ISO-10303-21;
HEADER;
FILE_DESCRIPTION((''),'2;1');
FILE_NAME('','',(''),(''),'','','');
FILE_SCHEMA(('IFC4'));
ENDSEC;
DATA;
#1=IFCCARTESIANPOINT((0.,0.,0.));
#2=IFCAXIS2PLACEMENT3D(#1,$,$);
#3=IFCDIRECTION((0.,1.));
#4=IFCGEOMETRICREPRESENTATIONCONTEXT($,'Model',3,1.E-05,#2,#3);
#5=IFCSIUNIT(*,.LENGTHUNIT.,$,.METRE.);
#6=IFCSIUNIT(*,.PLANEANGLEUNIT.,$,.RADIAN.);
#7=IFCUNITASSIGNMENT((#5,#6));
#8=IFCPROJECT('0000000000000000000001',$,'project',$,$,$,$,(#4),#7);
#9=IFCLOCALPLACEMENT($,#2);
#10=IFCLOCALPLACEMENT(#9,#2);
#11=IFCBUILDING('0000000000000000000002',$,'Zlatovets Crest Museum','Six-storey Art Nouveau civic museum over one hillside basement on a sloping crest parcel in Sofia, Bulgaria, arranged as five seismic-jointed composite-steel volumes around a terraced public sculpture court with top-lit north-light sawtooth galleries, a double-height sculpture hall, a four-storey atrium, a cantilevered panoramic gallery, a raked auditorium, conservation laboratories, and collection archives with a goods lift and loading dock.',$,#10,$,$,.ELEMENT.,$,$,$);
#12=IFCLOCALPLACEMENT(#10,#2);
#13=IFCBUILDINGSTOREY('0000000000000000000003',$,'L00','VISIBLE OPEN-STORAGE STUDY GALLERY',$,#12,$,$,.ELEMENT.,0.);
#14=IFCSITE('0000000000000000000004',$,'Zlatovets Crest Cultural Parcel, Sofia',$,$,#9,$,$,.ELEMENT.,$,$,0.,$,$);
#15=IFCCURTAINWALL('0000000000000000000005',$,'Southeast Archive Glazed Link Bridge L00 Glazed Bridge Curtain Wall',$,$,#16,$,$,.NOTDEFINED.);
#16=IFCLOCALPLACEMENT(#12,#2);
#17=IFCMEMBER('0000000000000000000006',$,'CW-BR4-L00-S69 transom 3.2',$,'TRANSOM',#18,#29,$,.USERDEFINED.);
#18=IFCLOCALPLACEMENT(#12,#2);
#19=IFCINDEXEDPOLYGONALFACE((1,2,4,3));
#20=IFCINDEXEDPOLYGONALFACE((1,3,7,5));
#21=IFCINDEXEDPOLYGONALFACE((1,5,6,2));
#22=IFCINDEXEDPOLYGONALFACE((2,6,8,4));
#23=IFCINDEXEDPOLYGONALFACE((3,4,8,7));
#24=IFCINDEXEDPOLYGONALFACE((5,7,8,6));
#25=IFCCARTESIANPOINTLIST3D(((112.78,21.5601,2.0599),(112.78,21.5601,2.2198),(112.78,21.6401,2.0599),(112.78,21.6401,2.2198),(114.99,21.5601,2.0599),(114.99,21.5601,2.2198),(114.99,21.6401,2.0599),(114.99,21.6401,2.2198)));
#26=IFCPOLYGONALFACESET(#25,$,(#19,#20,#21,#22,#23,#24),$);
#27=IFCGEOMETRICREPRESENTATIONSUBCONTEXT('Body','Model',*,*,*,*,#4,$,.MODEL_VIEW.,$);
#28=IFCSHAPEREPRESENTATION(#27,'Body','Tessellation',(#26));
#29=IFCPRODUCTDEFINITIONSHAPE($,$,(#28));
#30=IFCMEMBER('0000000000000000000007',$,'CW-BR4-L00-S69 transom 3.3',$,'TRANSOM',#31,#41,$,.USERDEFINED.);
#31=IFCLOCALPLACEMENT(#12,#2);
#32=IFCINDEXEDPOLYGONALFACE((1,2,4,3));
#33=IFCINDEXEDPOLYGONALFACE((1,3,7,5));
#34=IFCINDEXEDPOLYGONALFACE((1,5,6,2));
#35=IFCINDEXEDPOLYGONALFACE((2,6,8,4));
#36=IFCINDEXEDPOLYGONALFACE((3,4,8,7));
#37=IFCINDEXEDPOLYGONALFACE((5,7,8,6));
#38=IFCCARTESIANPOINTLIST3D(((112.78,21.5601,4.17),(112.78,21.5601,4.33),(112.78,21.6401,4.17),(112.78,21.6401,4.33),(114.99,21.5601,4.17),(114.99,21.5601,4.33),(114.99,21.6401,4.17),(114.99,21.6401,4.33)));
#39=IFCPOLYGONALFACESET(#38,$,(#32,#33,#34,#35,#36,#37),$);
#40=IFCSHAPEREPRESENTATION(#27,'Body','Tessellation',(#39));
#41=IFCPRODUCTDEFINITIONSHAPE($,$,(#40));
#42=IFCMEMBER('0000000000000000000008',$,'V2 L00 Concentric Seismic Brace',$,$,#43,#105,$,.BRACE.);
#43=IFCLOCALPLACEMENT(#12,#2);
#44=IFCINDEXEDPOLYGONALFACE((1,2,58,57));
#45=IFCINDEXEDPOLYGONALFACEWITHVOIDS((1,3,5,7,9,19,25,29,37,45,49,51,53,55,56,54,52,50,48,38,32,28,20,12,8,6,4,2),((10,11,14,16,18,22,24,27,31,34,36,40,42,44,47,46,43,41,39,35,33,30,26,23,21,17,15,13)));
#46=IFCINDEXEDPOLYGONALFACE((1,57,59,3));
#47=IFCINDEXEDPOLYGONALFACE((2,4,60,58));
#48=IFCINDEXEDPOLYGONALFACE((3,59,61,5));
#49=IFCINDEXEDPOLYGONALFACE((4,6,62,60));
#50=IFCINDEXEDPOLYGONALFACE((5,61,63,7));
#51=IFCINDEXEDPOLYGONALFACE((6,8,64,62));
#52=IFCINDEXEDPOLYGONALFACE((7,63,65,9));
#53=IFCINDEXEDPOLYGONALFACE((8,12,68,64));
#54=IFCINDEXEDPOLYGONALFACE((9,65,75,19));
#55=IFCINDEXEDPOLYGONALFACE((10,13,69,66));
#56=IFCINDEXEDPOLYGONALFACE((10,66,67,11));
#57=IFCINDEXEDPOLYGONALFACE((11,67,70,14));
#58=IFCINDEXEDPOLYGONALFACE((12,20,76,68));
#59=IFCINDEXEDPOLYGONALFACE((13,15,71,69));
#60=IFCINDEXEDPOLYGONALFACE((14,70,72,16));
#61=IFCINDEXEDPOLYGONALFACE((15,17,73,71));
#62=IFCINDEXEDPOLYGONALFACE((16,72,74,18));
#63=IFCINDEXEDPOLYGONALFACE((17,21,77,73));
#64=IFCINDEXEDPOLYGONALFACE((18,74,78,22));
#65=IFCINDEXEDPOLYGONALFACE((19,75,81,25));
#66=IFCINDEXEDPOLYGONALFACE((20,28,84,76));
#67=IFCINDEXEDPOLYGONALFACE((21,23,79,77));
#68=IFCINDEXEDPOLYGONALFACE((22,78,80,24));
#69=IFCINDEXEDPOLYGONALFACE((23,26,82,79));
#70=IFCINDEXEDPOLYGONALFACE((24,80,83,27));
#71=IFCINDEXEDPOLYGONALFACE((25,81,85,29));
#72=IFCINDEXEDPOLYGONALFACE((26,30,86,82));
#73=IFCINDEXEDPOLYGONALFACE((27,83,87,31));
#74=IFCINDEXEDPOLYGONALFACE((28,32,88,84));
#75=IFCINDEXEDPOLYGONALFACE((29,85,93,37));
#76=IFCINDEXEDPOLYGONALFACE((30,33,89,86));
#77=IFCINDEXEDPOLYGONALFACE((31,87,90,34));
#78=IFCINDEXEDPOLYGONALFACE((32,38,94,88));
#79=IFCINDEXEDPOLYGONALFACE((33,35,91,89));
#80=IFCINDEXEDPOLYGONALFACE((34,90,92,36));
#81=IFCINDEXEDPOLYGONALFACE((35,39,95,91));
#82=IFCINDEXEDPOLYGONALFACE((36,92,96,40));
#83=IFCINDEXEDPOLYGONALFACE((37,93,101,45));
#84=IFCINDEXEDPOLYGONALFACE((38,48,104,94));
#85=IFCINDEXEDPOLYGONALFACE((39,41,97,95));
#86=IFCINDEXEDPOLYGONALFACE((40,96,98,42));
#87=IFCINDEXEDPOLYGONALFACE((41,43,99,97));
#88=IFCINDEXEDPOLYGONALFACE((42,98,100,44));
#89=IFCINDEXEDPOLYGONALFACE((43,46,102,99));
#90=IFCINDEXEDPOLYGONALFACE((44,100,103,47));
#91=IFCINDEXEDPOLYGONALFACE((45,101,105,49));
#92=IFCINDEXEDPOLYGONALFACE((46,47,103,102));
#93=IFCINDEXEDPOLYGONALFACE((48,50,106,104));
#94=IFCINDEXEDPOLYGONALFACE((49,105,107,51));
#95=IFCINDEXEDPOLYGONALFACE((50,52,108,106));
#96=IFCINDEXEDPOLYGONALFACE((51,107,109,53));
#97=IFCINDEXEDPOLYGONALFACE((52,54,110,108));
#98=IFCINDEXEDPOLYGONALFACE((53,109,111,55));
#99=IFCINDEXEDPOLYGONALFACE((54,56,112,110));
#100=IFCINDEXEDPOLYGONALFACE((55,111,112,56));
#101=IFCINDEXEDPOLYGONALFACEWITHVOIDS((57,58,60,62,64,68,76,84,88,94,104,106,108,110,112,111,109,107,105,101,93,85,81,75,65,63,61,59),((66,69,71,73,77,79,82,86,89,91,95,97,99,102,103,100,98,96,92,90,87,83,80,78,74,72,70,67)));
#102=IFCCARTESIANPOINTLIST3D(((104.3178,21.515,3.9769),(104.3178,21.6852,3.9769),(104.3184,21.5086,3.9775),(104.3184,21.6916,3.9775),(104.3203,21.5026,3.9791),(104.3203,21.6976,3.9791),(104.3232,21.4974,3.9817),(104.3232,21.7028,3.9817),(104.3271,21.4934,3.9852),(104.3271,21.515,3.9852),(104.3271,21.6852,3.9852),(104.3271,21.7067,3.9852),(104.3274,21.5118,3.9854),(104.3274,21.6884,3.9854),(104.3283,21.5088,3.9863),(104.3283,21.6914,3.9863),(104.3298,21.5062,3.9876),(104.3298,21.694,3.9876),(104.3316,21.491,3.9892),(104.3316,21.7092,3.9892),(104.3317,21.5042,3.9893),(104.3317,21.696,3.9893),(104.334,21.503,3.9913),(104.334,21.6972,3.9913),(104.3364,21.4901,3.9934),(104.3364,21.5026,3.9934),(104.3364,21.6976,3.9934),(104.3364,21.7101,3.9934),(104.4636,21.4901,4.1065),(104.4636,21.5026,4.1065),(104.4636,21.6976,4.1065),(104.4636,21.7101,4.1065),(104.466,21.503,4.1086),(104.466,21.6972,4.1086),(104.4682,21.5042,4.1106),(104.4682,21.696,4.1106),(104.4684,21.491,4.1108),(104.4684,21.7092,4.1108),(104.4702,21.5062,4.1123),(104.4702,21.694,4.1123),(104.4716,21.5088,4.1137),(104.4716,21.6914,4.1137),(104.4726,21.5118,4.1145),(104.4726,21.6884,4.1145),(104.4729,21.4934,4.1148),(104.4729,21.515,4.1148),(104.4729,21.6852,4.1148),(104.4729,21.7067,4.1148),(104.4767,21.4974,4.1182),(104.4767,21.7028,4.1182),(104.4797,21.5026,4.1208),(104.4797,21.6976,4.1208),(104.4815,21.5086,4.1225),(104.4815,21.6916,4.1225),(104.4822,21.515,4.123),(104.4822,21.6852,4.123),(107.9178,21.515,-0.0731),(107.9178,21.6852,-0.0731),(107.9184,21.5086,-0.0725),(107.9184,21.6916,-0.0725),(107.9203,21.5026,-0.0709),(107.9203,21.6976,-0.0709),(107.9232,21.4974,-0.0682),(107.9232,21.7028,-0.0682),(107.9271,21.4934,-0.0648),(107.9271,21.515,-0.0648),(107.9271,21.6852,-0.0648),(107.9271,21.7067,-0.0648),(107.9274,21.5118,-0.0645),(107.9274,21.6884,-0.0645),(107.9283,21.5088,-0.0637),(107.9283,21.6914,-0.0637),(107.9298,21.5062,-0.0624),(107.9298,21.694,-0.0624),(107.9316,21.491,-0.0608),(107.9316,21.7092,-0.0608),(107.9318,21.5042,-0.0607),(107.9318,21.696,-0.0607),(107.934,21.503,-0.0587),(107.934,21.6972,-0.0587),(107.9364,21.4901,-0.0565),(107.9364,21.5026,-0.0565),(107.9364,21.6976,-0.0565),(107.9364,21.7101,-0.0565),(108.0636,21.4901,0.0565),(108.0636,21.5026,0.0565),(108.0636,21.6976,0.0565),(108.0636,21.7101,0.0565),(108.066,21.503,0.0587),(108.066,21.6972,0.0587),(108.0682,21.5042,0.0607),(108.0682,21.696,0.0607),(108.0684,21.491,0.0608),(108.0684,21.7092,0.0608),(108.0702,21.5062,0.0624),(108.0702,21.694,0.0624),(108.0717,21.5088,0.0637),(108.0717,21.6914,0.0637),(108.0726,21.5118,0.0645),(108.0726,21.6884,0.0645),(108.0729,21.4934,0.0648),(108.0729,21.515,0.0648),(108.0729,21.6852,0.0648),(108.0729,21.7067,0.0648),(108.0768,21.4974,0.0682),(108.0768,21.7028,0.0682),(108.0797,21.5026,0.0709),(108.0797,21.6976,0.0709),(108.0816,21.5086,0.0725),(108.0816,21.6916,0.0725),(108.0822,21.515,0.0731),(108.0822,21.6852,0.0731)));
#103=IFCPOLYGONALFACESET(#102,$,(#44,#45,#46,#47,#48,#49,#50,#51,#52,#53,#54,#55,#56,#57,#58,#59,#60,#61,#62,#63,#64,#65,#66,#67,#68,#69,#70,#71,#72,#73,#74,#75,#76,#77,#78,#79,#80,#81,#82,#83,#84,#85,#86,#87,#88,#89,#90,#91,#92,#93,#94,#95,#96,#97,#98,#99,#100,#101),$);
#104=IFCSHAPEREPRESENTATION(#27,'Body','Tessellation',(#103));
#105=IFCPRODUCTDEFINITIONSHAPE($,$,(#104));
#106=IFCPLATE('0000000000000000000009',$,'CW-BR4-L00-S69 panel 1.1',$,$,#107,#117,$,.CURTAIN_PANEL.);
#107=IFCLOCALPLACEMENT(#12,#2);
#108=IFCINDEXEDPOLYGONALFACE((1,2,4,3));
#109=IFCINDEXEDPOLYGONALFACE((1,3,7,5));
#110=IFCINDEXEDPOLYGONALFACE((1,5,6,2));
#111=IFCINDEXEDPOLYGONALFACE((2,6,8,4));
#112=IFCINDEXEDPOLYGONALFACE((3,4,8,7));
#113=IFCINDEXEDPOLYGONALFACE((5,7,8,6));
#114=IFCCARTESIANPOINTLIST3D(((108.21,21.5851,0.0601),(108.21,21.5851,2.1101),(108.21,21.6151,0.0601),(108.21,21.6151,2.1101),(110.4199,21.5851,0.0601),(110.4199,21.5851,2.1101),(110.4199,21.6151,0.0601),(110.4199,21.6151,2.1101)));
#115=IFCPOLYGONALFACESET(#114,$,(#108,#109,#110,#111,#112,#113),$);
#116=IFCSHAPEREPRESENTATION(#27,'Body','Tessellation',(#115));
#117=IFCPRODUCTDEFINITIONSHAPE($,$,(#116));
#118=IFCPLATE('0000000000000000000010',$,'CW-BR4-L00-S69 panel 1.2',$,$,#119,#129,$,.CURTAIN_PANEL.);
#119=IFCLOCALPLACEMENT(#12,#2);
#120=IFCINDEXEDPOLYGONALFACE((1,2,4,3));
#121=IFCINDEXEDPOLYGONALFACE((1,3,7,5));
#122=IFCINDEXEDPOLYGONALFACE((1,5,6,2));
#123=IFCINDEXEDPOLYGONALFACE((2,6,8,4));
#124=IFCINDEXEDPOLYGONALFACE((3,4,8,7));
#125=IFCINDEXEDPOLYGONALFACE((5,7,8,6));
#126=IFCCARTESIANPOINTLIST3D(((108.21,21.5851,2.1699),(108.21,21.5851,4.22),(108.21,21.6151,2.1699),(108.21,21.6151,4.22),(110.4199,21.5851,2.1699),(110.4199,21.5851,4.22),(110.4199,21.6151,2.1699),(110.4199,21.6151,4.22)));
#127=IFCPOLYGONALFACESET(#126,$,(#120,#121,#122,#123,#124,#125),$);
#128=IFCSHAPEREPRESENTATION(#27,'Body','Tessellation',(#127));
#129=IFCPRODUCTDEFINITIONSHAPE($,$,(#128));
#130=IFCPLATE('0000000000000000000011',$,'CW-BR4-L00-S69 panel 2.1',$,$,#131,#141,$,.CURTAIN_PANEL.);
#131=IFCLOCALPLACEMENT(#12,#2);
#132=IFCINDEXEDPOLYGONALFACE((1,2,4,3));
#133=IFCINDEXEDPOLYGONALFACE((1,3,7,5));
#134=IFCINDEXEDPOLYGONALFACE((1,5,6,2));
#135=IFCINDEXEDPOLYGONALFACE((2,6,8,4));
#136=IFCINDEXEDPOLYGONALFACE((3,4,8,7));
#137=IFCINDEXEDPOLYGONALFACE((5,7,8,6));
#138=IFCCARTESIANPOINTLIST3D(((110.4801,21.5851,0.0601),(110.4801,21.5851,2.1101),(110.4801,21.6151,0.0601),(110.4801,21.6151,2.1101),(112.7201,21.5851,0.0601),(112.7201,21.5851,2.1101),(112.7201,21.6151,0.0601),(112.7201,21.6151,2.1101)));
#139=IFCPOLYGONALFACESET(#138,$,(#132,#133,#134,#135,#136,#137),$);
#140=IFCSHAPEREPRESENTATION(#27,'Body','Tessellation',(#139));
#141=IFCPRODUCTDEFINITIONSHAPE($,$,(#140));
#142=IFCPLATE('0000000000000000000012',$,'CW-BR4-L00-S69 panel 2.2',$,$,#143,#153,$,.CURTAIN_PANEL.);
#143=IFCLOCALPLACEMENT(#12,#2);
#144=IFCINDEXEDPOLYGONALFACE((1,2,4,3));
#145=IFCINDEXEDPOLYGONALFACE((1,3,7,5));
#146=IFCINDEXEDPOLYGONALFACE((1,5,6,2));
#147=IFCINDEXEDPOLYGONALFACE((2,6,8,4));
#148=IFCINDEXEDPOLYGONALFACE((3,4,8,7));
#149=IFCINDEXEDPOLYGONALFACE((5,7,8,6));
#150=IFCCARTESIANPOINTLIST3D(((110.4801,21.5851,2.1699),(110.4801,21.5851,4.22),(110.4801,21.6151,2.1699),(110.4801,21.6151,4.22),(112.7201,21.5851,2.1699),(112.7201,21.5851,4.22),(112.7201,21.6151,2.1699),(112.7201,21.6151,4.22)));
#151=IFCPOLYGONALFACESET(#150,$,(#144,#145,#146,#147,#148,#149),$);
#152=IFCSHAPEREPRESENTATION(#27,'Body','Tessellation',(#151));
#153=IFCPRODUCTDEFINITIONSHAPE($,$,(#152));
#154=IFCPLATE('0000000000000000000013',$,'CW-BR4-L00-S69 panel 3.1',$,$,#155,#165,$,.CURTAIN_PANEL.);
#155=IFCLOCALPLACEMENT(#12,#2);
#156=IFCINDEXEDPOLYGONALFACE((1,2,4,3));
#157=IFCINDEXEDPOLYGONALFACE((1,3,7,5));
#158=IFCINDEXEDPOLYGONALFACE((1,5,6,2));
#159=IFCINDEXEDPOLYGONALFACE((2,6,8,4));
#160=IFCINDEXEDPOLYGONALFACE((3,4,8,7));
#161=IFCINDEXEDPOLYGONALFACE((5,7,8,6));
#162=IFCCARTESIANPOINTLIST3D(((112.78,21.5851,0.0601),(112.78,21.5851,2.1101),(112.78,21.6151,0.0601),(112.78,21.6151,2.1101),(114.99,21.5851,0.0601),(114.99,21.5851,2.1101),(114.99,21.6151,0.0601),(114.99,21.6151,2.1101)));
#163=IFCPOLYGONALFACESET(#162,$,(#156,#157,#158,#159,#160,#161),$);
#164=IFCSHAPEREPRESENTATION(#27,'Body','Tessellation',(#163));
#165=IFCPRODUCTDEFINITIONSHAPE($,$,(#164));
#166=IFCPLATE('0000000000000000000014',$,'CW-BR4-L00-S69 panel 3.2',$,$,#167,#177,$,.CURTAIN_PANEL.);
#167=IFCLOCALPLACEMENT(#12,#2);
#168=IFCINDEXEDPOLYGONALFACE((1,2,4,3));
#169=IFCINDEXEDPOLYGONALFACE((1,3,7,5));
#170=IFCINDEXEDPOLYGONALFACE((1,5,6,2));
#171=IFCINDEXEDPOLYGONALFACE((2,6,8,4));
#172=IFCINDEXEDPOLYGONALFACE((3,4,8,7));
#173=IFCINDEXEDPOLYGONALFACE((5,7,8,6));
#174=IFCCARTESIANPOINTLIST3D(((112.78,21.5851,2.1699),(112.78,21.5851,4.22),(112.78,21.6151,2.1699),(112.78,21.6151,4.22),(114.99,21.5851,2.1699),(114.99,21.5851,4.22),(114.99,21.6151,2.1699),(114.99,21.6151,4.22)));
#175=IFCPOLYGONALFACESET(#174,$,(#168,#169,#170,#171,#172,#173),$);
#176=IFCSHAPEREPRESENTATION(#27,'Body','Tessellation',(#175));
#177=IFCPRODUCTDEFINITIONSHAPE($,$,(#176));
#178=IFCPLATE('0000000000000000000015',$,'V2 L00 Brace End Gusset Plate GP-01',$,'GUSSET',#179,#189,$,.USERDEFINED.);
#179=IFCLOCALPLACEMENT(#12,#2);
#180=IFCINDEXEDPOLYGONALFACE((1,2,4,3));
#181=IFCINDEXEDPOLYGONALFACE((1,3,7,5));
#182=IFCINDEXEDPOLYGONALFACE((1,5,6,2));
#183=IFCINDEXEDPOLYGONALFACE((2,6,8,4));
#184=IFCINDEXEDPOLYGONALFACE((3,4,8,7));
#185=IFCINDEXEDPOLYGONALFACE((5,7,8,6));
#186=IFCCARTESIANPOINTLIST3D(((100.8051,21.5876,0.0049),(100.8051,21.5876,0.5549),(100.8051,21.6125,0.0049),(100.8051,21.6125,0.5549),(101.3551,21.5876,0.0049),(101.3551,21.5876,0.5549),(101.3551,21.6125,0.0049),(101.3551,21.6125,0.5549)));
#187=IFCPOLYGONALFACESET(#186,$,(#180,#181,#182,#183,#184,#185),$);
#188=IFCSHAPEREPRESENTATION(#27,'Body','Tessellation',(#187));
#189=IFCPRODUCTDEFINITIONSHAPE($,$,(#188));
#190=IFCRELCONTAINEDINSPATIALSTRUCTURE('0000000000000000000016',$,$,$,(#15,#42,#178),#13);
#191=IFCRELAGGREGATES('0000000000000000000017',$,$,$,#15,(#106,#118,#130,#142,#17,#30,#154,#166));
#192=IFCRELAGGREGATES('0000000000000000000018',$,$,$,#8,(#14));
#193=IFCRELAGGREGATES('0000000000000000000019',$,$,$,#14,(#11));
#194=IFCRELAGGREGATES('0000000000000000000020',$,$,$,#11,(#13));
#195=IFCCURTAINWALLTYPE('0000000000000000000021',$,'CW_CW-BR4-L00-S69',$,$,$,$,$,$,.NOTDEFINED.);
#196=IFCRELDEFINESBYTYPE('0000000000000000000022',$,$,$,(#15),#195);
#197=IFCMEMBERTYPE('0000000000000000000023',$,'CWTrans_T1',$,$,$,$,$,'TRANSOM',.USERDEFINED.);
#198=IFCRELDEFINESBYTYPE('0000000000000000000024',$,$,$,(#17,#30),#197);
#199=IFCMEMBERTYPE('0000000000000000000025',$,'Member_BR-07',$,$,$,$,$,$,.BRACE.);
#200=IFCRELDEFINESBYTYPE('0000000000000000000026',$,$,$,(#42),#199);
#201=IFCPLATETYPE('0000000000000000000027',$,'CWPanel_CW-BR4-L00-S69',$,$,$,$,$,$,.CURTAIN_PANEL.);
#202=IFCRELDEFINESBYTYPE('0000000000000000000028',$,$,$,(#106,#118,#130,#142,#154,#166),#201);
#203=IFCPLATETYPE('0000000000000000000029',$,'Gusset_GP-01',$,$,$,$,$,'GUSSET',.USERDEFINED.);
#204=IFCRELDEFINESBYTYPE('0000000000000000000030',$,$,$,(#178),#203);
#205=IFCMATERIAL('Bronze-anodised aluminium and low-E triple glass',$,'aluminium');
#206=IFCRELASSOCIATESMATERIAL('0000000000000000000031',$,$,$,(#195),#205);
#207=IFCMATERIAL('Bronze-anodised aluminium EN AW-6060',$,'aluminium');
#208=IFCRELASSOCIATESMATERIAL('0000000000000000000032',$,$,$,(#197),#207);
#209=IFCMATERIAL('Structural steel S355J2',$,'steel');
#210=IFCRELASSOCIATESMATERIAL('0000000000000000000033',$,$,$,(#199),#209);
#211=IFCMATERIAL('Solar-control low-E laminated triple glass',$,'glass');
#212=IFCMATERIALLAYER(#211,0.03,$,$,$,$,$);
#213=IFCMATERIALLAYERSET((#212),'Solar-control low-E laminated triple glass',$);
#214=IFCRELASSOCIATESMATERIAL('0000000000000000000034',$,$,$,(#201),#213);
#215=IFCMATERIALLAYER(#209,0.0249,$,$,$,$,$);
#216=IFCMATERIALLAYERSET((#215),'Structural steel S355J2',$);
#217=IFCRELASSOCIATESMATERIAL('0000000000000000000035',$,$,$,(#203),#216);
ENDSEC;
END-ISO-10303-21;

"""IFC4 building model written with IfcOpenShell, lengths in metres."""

from ifc_helpers import new_model, si_unit, direction, frame, origin, origin_2d, place, context, subcontext, project, spatial, rectangle, hollow_rectangle, extrude, material, layer, layer_set, material_profile, profile_set, type_object, element, aggregate, save


model = new_model("IFC4")

# Units and contexts
model_context = context("Model", 3, precision=1e-05, world=origin(), true_north=direction((0.0, 1.0)))
body_context = subcontext(model_context, "Body", "Model", "MODEL_VIEW")
ifc_project = project(units=[si_unit("LENGTHUNIT", "METRE"), si_unit("PLANEANGLEUNIT", "RADIAN")], contexts=[model_context])

# Site, building, storey
site_placement = place(None, origin())
site = spatial("IfcSite", under=ifc_project, at=site_placement, Name="Zlatovets Crest Cultural Parcel, Sofia", CompositionType="ELEMENT", RefElevation=0.0)
building_placement = place(site_placement, origin())
building = spatial("IfcBuilding", under=site, at=building_placement, Name="Zlatovets Crest Museum", Description="Six-storey Art Nouveau civic museum over one hillside basement on a sloping crest parcel in Sofia, Bulgaria, arranged as five seismic-jointed composite-steel volumes around a terraced public sculpture court with top-lit north-light sawtooth galleries, a double-height sculpture hall, a four-storey atrium, a cantilevered panoramic gallery, a raked auditorium, conservation laboratories, and collection archives with a goods lift and loading dock.", CompositionType="ELEMENT")
storey_placement = place(building_placement, origin())
storey = spatial("IfcBuildingStorey", under=building, at=storey_placement, Name="L00", Description="VISIBLE OPEN-STORAGE STUDY GALLERY", CompositionType="ELEMENT", Elevation=0.0)

# Shared definitions
ifc_material_1 = material(Name="Structural steel S355J2", Category="steel")

# Curtain wall, members
ifc_material_2 = material(Name="Bronze-anodised aluminium and low-E triple glass", Category="aluminium")
curtain_wall_type = type_object("IfcCurtainWallType", Name="CW_CW-BR4-L00-S69", PredefinedType="NOTDEFINED", material=ifc_material_2)
curtain_wall_placement = place(storey_placement, origin())
curtain_wall = element("IfcCurtainWall", 1, at=curtain_wall_placement, inside=storey, type_object=curtain_wall_type, Name="Southeast Archive Glazed Link Bridge L00 Glazed Bridge Curtain Wall", PredefinedType="NOTDEFINED")
ifc_material_3 = material(Name="Bronze-anodised aluminium EN AW-6060", Category="aluminium")
ifc_material_profile_1 = material_profile(ifc_material_3, rectangle(XDim=0.0801, YDim=0.1599, at=origin_2d()), Name="ALU 80x160")
ifc_profile_set_1 = profile_set([ifc_material_profile_1], Name="Bronze-anodised aluminium EN AW-6060")
member_type_1 = type_object("IfcMemberType", Name="CWTrans_T1", ElementType="TRANSOM", PredefinedType="USERDEFINED", material=ifc_profile_set_1)
member_1_placement = place(storey_placement, frame((112.78, 21.6001, 2.1399), z_axis=(1.0, 0.0, 0.0), x_axis=(0.0, 1.0, 0.0)))
member_1 = element("IfcMember", 2, at=member_1_placement, type_object=member_type_1, Name="CW-BR4-L00-S69 transom 3.2", ObjectType="TRANSOM", PredefinedType="USERDEFINED", context=body_context, shape_type="SweptSolid", body=[
    extrude(rectangle(XDim=0.0801, YDim=0.1599, at=origin_2d()), origin(), (0.0, 0.0, 1.0), 2.21),
])
member_2_placement = place(storey_placement, frame((112.78, 21.6001, 4.25), z_axis=(1.0, 0.0, 0.0), x_axis=(0.0, 1.0, 0.0)))
member_2 = element("IfcMember", 3, at=member_2_placement, type_object=member_type_1, Name="CW-BR4-L00-S69 transom 3.3", ObjectType="TRANSOM", PredefinedType="USERDEFINED", context=body_context, shape_type="SweptSolid", body=[
    extrude(rectangle(XDim=0.0801, YDim=0.1599, at=origin_2d()), origin(), (0.0, 0.0, 1.0), 2.21),
])

# Member
ifc_material_profile_2 = material_profile(ifc_material_1, hollow_rectangle(XDim=0.22, YDim=0.22, WallThickness=0.0125, InnerFilletRadius=0.0125, OuterFilletRadius=0.0249, at=origin_2d()), Name="SHS 220x220x12.5")
ifc_profile_set_2 = profile_set([ifc_material_profile_2], Name="Structural steel S355J2")
member_type_2 = type_object("IfcMemberType", Name="Member_BR-07", PredefinedType="BRACE", material=ifc_profile_set_2)
member_3_placement = place(storey_placement, frame((108.0, 21.6001, 0.0), z_axis=(-0.664369, 0.0, 0.747404), x_axis=(0.0, -1.0, 0.0)))
element("IfcMember", 4, at=member_3_placement, inside=storey, type_object=member_type_2, Name="V2 L00 Concentric Seismic Brace", PredefinedType="BRACE", context=body_context, shape_type="SweptSolid", body=[
    extrude(hollow_rectangle(XDim=0.22, YDim=0.22, WallThickness=0.0125, InnerFilletRadius=0.0125, OuterFilletRadius=0.0249, at=origin_2d()), origin(), (0.0, 0.0, 1.0), 5.4187),
])

# Plates
ifc_material_4 = material(Name="Solar-control low-E laminated triple glass", Category="glass")
ifc_layer_1 = layer(ifc_material_4, 0.03)
ifc_layer_set_1 = layer_set([ifc_layer_1], Name="Solar-control low-E laminated triple glass")
plate_type_1 = type_object("IfcPlateType", Name="CWPanel_CW-BR4-L00-S69", PredefinedType="CURTAIN_PANEL", material=ifc_layer_set_1)
plate_1_placement = place(storey_placement, frame((109.3149, 21.6001, 0.0601), z_axis=(0.0, 0.0, 1.0), x_axis=(1.0, 0.0, 0.0)))
plate_1 = element("IfcPlate", 5, at=plate_1_placement, type_object=plate_type_1, Name="CW-BR4-L00-S69 panel 1.1", PredefinedType="CURTAIN_PANEL", context=body_context, shape_type="SweptSolid", body=[
    extrude(rectangle(XDim=2.21, YDim=0.03, at=origin_2d()), origin(), (0.0, 0.0, 1.0), 2.05),
])
plate_2_placement = place(storey_placement, frame((109.3149, 21.6001, 2.1699), z_axis=(0.0, 0.0, 1.0), x_axis=(1.0, 0.0, 0.0)))
plate_2 = element("IfcPlate", 6, at=plate_2_placement, type_object=plate_type_1, Name="CW-BR4-L00-S69 panel 1.2", PredefinedType="CURTAIN_PANEL", context=body_context, shape_type="SweptSolid", body=[
    extrude(rectangle(XDim=2.21, YDim=0.03, at=origin_2d()), origin(), (0.0, 0.0, 1.0), 2.05),
])
plate_3_placement = place(storey_placement, frame((111.6001, 21.6001, 0.0601), z_axis=(0.0, 0.0, 1.0), x_axis=(1.0, 0.0, 0.0)))
plate_3 = element("IfcPlate", 7, at=plate_3_placement, type_object=plate_type_1, Name="CW-BR4-L00-S69 panel 2.1", PredefinedType="CURTAIN_PANEL", context=body_context, shape_type="SweptSolid", body=[
    extrude(rectangle(XDim=2.24, YDim=0.03, at=origin_2d()), origin(), (0.0, 0.0, 1.0), 2.05),
])
plate_4_placement = place(storey_placement, frame((111.6001, 21.6001, 2.1699), z_axis=(0.0, 0.0, 1.0), x_axis=(1.0, 0.0, 0.0)))
plate_4 = element("IfcPlate", 8, at=plate_4_placement, type_object=plate_type_1, Name="CW-BR4-L00-S69 panel 2.2", PredefinedType="CURTAIN_PANEL", context=body_context, shape_type="SweptSolid", body=[
    extrude(rectangle(XDim=2.24, YDim=0.03, at=origin_2d()), origin(), (0.0, 0.0, 1.0), 2.05),
])
plate_5_placement = place(storey_placement, frame((113.885, 21.6001, 0.0601), z_axis=(0.0, 0.0, 1.0), x_axis=(1.0, 0.0, 0.0)))
plate_5 = element("IfcPlate", 9, at=plate_5_placement, type_object=plate_type_1, Name="CW-BR4-L00-S69 panel 3.1", PredefinedType="CURTAIN_PANEL", context=body_context, shape_type="SweptSolid", body=[
    extrude(rectangle(XDim=2.21, YDim=0.03, at=origin_2d()), origin(), (0.0, 0.0, 1.0), 2.05),
])
plate_6_placement = place(storey_placement, frame((113.885, 21.6001, 2.1699), z_axis=(0.0, 0.0, 1.0), x_axis=(1.0, 0.0, 0.0)))
plate_6 = element("IfcPlate", 10, at=plate_6_placement, type_object=plate_type_1, Name="CW-BR4-L00-S69 panel 3.2", PredefinedType="CURTAIN_PANEL", context=body_context, shape_type="SweptSolid", body=[
    extrude(rectangle(XDim=2.21, YDim=0.03, at=origin_2d()), origin(), (0.0, 0.0, 1.0), 2.05),
])
aggregate(curtain_wall, [plate_1, plate_2, plate_3, plate_4, member_1, member_2, plate_5, plate_6])

# Plate
ifc_layer_2 = layer(ifc_material_1, 0.0249)
ifc_layer_set_2 = layer_set([ifc_layer_2], Name="Structural steel S355J2")
plate_type_2 = type_object("IfcPlateType", Name="Gusset_GP-01", ElementType="GUSSET", PredefinedType="USERDEFINED", material=ifc_layer_set_2)
for number, where, z_axis, x_axis, name in (
    (11, (101.0801, 21.6001, 0.0049), (0.0, 0.0, 1.0), (1.0, 0.0, 0.0), "V2 L00 Brace End Gusset Plate GP-01"),
):
    element("IfcPlate", number, at=place(storey_placement, frame(where, z_axis=z_axis, x_axis=x_axis)), inside=storey, type_object=plate_type_2, Name=name, ObjectType="GUSSET", PredefinedType="USERDEFINED", context=body_context, shape_type="SweptSolid", body=[
        extrude(rectangle(XDim=0.55, YDim=0.0249, at=origin_2d()), origin(), (0.0, 0.0, 1.0), 0.55),
    ])

save(model, "model.ifc")
